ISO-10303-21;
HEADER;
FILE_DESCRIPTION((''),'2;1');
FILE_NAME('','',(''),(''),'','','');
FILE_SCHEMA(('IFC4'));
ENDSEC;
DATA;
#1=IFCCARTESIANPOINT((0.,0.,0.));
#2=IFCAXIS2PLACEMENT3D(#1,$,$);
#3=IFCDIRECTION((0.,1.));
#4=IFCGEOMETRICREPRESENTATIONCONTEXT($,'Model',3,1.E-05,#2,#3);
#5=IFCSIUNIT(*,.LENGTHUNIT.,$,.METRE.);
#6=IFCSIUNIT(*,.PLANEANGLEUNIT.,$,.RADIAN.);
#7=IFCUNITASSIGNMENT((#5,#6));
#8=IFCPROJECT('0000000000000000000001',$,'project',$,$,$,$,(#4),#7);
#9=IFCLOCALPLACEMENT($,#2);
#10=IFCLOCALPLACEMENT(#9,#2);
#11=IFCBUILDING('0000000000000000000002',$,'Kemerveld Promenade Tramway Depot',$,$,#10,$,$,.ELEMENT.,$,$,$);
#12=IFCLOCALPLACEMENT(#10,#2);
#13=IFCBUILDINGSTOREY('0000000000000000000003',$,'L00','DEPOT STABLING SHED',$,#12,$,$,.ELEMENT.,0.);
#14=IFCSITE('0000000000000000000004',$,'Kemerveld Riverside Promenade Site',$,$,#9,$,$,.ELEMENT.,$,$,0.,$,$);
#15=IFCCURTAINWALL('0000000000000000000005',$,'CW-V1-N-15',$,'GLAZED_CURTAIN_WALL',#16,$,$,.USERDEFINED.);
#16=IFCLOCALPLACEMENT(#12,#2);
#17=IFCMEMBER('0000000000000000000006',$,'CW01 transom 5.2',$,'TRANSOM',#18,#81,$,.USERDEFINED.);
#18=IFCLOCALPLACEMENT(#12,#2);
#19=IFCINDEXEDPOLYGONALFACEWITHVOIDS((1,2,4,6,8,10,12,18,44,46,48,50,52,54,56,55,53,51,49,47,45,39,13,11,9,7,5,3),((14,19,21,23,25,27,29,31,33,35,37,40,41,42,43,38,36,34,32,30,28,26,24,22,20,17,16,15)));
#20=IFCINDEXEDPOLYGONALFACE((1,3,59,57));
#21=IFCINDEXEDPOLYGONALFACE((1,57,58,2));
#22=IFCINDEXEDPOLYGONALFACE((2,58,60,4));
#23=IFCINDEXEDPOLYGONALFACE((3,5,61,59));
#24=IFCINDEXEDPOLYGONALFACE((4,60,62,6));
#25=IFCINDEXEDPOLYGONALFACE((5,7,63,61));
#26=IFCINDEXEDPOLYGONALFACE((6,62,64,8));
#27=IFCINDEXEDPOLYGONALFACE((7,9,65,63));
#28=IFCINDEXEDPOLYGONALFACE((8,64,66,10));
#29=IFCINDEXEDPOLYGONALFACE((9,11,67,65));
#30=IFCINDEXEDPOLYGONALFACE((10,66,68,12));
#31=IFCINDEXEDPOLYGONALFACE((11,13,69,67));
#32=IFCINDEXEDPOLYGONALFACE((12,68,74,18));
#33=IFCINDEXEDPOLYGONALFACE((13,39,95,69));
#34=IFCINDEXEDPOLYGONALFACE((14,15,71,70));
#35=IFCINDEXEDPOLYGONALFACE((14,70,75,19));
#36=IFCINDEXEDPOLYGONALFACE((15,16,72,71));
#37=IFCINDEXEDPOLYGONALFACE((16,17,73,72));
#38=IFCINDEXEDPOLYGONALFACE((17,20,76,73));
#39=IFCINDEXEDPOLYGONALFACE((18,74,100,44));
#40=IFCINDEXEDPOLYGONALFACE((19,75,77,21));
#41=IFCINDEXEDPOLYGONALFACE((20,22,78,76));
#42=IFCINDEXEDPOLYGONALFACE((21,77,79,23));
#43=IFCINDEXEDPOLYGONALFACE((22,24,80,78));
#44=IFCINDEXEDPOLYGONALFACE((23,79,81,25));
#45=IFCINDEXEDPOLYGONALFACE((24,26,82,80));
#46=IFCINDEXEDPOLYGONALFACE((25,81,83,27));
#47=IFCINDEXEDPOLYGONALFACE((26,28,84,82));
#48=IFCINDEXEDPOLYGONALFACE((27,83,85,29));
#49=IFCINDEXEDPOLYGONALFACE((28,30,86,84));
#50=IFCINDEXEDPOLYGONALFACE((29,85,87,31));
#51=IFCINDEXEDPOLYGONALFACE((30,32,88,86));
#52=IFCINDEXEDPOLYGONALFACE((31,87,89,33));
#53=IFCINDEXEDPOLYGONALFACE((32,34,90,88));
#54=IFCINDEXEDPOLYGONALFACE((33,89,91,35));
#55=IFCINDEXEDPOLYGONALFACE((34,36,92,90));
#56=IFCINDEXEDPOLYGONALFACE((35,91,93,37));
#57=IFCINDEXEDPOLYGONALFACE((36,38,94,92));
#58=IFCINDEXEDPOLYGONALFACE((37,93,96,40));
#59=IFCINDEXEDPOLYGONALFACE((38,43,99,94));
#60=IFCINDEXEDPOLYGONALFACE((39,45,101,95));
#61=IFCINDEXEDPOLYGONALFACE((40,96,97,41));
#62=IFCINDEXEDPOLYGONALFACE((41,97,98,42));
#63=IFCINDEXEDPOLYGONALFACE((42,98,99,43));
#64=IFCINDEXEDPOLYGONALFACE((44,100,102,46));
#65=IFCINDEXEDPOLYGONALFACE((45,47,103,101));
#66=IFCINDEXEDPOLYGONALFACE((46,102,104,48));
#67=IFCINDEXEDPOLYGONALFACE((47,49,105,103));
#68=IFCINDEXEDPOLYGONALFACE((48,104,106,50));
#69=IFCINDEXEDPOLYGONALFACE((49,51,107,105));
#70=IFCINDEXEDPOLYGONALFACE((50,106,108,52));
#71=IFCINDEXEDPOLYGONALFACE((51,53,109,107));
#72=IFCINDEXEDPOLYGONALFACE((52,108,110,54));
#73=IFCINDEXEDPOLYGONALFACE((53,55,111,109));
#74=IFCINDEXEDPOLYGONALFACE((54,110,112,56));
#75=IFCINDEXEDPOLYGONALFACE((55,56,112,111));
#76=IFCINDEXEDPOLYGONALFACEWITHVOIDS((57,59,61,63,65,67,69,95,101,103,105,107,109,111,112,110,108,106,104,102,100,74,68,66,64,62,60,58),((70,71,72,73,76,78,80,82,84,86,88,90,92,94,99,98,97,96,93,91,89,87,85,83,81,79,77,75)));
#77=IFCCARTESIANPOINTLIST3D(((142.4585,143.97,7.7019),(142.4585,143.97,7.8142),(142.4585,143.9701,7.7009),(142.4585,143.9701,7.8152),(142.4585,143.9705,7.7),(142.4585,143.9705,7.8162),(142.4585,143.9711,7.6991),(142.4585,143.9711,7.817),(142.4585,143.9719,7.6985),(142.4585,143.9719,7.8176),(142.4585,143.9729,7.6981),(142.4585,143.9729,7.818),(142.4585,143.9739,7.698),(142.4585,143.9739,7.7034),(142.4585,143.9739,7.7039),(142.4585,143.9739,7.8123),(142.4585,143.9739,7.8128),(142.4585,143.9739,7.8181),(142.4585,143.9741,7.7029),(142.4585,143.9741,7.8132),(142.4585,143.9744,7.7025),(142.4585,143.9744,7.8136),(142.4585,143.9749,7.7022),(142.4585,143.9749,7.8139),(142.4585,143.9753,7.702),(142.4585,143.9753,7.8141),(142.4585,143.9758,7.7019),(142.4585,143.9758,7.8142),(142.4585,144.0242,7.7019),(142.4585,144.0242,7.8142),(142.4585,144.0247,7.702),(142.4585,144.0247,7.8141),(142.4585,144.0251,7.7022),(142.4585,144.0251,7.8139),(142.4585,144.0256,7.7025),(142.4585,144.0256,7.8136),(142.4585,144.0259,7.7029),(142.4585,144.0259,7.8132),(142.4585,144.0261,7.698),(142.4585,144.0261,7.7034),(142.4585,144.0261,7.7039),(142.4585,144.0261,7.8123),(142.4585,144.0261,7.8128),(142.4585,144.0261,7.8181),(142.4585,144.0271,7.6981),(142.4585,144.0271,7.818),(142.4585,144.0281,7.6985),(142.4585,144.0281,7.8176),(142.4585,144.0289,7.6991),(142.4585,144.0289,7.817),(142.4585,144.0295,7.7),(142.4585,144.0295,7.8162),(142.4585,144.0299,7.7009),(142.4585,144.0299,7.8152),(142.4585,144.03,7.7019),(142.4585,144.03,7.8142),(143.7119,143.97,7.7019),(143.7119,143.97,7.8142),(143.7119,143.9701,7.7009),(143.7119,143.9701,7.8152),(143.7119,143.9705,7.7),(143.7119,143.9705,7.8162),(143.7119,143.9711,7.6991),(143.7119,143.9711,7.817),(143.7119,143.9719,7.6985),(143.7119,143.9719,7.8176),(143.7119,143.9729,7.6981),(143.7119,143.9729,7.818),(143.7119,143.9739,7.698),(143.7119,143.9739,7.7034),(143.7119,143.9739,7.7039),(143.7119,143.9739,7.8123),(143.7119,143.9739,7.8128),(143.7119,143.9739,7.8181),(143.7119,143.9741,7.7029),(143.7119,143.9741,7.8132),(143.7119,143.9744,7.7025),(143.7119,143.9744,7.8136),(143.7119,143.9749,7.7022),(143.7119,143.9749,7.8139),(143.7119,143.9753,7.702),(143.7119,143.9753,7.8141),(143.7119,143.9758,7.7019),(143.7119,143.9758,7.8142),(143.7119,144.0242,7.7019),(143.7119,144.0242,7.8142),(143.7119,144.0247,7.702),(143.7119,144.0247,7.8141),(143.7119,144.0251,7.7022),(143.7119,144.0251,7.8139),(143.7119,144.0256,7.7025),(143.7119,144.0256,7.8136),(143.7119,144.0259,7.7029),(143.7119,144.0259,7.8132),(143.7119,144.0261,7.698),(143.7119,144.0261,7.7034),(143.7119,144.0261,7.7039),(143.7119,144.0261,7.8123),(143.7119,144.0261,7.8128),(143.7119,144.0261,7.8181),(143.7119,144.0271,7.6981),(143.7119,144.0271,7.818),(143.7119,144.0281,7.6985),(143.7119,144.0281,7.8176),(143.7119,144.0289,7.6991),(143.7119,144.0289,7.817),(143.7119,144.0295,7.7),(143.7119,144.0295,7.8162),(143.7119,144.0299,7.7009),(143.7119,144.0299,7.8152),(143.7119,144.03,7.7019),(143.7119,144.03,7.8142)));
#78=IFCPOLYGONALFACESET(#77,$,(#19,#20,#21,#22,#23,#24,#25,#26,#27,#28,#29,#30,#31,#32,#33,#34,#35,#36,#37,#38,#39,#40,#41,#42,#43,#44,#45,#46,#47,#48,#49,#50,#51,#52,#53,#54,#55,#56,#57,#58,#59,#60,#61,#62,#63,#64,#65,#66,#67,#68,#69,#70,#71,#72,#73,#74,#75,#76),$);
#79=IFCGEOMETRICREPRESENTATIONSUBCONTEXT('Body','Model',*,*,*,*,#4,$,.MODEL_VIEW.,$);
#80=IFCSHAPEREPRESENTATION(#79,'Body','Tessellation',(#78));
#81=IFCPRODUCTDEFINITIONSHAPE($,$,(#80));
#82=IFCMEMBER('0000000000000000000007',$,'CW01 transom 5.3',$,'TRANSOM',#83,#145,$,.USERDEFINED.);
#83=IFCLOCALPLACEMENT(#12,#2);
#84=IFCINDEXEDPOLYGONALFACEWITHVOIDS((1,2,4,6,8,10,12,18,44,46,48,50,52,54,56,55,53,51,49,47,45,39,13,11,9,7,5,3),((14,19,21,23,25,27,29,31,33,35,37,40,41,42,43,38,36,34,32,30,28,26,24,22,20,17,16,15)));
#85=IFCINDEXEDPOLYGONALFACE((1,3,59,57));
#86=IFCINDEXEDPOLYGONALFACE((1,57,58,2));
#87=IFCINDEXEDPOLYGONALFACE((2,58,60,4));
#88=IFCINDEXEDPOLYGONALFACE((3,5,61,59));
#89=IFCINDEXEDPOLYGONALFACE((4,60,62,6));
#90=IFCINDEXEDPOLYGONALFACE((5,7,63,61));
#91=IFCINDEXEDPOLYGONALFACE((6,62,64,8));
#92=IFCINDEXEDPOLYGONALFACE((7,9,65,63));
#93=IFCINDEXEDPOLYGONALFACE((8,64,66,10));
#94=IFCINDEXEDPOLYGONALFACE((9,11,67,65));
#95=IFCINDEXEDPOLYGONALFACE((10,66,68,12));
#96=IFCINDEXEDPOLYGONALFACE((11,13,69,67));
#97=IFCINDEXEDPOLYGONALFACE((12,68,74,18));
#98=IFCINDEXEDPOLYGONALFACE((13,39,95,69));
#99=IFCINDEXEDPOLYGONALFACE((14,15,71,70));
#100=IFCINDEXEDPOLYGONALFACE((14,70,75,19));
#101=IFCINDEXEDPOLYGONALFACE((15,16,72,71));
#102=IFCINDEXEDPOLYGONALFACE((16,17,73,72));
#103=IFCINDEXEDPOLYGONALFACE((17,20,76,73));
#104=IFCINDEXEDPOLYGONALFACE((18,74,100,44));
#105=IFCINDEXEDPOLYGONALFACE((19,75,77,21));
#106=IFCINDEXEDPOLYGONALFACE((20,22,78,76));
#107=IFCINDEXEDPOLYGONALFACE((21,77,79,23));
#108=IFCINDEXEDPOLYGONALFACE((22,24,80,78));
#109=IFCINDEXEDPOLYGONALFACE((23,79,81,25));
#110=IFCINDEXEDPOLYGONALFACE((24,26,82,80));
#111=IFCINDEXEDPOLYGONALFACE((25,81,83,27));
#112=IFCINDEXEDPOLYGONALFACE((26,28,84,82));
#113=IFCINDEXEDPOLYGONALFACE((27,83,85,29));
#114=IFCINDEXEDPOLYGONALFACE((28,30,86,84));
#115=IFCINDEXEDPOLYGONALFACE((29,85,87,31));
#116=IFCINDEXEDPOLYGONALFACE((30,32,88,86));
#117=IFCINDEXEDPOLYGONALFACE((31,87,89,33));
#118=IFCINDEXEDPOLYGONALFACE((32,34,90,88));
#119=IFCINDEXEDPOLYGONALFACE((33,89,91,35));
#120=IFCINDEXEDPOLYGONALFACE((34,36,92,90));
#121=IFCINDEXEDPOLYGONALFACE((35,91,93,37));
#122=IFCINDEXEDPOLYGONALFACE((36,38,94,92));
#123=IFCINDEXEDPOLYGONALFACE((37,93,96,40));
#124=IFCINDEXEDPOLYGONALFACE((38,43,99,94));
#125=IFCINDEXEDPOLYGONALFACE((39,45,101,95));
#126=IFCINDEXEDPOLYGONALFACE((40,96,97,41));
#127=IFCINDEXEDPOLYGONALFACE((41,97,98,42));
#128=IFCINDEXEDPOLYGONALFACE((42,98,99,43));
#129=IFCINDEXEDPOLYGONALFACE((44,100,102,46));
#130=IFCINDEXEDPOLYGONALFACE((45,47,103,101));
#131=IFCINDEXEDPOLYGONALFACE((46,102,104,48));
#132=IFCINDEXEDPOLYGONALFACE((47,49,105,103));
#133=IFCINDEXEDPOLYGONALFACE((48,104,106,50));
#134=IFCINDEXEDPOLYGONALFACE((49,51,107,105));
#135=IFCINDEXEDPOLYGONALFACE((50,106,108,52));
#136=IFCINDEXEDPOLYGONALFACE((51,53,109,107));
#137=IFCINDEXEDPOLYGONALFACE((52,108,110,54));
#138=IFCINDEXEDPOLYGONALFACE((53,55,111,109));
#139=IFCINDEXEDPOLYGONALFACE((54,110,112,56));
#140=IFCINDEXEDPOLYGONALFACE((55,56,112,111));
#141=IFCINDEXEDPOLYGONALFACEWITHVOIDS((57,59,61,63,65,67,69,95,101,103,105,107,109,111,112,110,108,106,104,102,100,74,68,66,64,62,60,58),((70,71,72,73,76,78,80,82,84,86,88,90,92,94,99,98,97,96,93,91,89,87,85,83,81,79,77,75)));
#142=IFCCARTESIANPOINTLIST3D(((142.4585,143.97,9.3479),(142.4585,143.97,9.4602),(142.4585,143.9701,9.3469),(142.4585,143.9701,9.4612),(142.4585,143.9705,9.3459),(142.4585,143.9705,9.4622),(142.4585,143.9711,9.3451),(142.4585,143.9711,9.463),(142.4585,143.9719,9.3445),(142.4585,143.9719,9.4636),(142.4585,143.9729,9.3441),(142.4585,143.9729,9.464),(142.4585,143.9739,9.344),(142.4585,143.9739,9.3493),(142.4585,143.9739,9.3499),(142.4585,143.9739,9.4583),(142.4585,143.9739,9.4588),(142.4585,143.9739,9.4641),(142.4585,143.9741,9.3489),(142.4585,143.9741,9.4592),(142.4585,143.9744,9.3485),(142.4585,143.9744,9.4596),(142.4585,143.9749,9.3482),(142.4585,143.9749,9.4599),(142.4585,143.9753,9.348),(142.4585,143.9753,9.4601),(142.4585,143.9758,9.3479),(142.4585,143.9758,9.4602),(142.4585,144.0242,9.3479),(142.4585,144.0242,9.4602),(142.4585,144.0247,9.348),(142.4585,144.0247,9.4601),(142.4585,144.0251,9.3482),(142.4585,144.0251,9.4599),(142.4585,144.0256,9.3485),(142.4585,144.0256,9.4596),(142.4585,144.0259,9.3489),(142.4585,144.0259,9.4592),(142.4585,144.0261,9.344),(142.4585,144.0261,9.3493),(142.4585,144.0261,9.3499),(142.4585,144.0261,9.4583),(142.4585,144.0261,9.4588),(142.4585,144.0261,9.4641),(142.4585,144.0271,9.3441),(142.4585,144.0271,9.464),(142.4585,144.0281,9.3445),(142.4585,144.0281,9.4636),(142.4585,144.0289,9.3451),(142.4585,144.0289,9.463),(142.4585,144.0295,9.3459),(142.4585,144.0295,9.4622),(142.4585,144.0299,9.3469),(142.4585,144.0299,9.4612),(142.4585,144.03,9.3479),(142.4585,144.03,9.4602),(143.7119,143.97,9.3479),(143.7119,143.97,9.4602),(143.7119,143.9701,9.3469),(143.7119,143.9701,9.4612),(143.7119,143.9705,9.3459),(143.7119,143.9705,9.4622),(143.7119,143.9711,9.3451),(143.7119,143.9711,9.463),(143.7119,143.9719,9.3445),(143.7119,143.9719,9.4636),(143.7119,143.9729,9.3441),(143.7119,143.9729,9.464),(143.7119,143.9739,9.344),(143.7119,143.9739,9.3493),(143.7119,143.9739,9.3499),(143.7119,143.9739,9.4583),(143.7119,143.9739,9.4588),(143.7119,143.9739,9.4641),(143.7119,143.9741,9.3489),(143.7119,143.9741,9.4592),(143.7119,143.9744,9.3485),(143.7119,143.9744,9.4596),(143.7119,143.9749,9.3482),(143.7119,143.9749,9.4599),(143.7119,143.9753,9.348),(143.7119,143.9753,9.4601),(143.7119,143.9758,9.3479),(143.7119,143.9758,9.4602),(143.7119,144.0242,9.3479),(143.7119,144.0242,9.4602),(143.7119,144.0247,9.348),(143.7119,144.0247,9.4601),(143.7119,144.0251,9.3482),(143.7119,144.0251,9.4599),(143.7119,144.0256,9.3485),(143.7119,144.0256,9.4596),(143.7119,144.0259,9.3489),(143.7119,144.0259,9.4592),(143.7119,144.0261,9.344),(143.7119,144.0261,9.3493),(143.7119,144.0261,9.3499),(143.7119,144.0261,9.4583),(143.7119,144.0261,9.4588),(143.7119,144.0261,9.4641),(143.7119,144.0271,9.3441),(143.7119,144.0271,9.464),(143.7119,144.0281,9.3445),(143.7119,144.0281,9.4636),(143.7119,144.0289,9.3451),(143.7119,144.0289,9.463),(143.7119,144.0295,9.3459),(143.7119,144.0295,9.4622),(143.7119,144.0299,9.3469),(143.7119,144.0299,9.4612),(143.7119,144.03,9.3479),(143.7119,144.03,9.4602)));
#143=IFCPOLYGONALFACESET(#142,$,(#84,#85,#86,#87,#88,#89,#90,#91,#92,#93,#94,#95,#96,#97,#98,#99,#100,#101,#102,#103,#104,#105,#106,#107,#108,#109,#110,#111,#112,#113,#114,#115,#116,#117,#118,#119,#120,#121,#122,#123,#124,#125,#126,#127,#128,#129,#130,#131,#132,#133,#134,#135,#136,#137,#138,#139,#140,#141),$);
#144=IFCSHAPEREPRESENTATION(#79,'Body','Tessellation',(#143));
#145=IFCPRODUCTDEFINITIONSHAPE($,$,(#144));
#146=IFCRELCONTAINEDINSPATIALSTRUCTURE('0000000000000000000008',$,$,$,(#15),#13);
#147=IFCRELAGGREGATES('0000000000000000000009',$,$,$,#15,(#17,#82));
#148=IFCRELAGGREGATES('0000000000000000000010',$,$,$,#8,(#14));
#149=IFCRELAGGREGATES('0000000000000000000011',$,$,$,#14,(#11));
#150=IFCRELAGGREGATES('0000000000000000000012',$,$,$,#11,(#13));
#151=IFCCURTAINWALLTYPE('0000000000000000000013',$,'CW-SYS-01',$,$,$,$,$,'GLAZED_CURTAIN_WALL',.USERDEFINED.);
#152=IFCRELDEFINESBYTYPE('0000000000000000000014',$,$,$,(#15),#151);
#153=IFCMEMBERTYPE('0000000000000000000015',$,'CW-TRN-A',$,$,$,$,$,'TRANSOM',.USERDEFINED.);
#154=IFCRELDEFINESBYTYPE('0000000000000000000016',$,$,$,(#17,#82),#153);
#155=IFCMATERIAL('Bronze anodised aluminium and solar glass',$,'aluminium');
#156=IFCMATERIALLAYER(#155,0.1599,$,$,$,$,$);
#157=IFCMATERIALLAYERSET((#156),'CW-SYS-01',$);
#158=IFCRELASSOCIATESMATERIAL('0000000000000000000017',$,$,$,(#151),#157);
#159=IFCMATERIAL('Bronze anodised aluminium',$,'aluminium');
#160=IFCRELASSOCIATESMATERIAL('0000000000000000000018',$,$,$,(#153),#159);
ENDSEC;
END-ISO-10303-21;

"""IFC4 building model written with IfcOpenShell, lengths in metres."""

from ifc_helpers import new_model, si_unit, direction, frame, origin, origin_2d, place, context, subcontext, project, spatial, hollow_rectangle, extrude, material, layer, layer_set, material_profile, profile_set, type_object, element, aggregate, save


model = new_model("IFC4")

# Units and contexts
model_context = context("Model", 3, precision=1e-05, world=origin(), true_north=direction((0.0, 1.0)))
body_context = subcontext(model_context, "Body", "Model", "MODEL_VIEW")
ifc_project = project(units=[si_unit("LENGTHUNIT", "METRE"), si_unit("PLANEANGLEUNIT", "RADIAN")], contexts=[model_context])

# Site, building, storey
site_placement = place(None, origin())
site = spatial("IfcSite", under=ifc_project, at=site_placement, Name="Kemerveld Riverside Promenade Site", CompositionType="ELEMENT", RefElevation=0.0)
building_placement = place(site_placement, origin())
building = spatial("IfcBuilding", under=site, at=building_placement, Name="Kemerveld Promenade Tramway Depot", CompositionType="ELEMENT")
storey_placement = place(building_placement, origin())
storey = spatial("IfcBuildingStorey", under=building, at=storey_placement, Name="L00", Description="DEPOT STABLING SHED", CompositionType="ELEMENT", Elevation=0.0)

# Curtain wall, members
ifc_material_1 = material(Name="Bronze anodised aluminium and solar glass", Category="aluminium")
ifc_layer_1 = layer(ifc_material_1, 0.1599)
ifc_layer_set_1 = layer_set([ifc_layer_1], Name="CW-SYS-01")
curtain_wall_type = type_object("IfcCurtainWallType", Name="CW-SYS-01", ElementType="GLAZED_CURTAIN_WALL", PredefinedType="USERDEFINED", material=ifc_layer_set_1)
curtain_wall_placement = place(storey_placement, origin())
curtain_wall = element("IfcCurtainWall", 1, at=curtain_wall_placement, inside=storey, type_object=curtain_wall_type, Name="CW-V1-N-15", ObjectType="GLAZED_CURTAIN_WALL", PredefinedType="USERDEFINED")
ifc_material_2 = material(Name="Bronze anodised aluminium", Category="aluminium")
ifc_material_profile_1 = material_profile(ifc_material_2, hollow_rectangle(XDim=0.0601, YDim=0.1201, WallThickness=0.0039, InnerFilletRadius=0.002, OuterFilletRadius=0.0039, at=origin_2d()), Name="CW-TRN-120x60")
ifc_profile_set_1 = profile_set([ifc_material_profile_1], Name="Bronze anodised aluminium")
member_type_1 = type_object("IfcMemberType", Name="CW-TRN-A", ElementType="TRANSOM", PredefinedType="USERDEFINED", material=ifc_profile_set_1)
member_1_placement = place(storey_placement, frame((142.4585, 144.0, 7.7581), z_axis=(1.0, 0.0, 0.0), x_axis=(0.0, 1.0, 0.0)))
member_1 = element("IfcMember", 2, at=member_1_placement, type_object=member_type_1, Name="CW01 transom 5.2", ObjectType="TRANSOM", PredefinedType="USERDEFINED", context=body_context, shape_type="SweptSolid", body=[
    extrude(hollow_rectangle(XDim=0.0601, YDim=0.1201, WallThickness=0.0039, InnerFilletRadius=0.002, OuterFilletRadius=0.0039, at=origin_2d()), origin(), (0.0, 0.0, 1.0), 1.2534),
])
member_2_placement = place(storey_placement, frame((142.4585, 144.0, 9.4041), z_axis=(1.0, 0.0, 0.0), x_axis=(0.0, 1.0, 0.0)))
member_2 = element("IfcMember", 3, at=member_2_placement, type_object=member_type_1, Name="CW01 transom 5.3", ObjectType="TRANSOM", PredefinedType="USERDEFINED", context=body_context, shape_type="SweptSolid", body=[
    extrude(hollow_rectangle(XDim=0.0601, YDim=0.1201, WallThickness=0.0039, InnerFilletRadius=0.002, OuterFilletRadius=0.0039, at=origin_2d()), origin(), (0.0, 0.0, 1.0), 1.2534),
])
aggregate(curtain_wall, [member_1, member_2])

save(model, "model.ifc")
